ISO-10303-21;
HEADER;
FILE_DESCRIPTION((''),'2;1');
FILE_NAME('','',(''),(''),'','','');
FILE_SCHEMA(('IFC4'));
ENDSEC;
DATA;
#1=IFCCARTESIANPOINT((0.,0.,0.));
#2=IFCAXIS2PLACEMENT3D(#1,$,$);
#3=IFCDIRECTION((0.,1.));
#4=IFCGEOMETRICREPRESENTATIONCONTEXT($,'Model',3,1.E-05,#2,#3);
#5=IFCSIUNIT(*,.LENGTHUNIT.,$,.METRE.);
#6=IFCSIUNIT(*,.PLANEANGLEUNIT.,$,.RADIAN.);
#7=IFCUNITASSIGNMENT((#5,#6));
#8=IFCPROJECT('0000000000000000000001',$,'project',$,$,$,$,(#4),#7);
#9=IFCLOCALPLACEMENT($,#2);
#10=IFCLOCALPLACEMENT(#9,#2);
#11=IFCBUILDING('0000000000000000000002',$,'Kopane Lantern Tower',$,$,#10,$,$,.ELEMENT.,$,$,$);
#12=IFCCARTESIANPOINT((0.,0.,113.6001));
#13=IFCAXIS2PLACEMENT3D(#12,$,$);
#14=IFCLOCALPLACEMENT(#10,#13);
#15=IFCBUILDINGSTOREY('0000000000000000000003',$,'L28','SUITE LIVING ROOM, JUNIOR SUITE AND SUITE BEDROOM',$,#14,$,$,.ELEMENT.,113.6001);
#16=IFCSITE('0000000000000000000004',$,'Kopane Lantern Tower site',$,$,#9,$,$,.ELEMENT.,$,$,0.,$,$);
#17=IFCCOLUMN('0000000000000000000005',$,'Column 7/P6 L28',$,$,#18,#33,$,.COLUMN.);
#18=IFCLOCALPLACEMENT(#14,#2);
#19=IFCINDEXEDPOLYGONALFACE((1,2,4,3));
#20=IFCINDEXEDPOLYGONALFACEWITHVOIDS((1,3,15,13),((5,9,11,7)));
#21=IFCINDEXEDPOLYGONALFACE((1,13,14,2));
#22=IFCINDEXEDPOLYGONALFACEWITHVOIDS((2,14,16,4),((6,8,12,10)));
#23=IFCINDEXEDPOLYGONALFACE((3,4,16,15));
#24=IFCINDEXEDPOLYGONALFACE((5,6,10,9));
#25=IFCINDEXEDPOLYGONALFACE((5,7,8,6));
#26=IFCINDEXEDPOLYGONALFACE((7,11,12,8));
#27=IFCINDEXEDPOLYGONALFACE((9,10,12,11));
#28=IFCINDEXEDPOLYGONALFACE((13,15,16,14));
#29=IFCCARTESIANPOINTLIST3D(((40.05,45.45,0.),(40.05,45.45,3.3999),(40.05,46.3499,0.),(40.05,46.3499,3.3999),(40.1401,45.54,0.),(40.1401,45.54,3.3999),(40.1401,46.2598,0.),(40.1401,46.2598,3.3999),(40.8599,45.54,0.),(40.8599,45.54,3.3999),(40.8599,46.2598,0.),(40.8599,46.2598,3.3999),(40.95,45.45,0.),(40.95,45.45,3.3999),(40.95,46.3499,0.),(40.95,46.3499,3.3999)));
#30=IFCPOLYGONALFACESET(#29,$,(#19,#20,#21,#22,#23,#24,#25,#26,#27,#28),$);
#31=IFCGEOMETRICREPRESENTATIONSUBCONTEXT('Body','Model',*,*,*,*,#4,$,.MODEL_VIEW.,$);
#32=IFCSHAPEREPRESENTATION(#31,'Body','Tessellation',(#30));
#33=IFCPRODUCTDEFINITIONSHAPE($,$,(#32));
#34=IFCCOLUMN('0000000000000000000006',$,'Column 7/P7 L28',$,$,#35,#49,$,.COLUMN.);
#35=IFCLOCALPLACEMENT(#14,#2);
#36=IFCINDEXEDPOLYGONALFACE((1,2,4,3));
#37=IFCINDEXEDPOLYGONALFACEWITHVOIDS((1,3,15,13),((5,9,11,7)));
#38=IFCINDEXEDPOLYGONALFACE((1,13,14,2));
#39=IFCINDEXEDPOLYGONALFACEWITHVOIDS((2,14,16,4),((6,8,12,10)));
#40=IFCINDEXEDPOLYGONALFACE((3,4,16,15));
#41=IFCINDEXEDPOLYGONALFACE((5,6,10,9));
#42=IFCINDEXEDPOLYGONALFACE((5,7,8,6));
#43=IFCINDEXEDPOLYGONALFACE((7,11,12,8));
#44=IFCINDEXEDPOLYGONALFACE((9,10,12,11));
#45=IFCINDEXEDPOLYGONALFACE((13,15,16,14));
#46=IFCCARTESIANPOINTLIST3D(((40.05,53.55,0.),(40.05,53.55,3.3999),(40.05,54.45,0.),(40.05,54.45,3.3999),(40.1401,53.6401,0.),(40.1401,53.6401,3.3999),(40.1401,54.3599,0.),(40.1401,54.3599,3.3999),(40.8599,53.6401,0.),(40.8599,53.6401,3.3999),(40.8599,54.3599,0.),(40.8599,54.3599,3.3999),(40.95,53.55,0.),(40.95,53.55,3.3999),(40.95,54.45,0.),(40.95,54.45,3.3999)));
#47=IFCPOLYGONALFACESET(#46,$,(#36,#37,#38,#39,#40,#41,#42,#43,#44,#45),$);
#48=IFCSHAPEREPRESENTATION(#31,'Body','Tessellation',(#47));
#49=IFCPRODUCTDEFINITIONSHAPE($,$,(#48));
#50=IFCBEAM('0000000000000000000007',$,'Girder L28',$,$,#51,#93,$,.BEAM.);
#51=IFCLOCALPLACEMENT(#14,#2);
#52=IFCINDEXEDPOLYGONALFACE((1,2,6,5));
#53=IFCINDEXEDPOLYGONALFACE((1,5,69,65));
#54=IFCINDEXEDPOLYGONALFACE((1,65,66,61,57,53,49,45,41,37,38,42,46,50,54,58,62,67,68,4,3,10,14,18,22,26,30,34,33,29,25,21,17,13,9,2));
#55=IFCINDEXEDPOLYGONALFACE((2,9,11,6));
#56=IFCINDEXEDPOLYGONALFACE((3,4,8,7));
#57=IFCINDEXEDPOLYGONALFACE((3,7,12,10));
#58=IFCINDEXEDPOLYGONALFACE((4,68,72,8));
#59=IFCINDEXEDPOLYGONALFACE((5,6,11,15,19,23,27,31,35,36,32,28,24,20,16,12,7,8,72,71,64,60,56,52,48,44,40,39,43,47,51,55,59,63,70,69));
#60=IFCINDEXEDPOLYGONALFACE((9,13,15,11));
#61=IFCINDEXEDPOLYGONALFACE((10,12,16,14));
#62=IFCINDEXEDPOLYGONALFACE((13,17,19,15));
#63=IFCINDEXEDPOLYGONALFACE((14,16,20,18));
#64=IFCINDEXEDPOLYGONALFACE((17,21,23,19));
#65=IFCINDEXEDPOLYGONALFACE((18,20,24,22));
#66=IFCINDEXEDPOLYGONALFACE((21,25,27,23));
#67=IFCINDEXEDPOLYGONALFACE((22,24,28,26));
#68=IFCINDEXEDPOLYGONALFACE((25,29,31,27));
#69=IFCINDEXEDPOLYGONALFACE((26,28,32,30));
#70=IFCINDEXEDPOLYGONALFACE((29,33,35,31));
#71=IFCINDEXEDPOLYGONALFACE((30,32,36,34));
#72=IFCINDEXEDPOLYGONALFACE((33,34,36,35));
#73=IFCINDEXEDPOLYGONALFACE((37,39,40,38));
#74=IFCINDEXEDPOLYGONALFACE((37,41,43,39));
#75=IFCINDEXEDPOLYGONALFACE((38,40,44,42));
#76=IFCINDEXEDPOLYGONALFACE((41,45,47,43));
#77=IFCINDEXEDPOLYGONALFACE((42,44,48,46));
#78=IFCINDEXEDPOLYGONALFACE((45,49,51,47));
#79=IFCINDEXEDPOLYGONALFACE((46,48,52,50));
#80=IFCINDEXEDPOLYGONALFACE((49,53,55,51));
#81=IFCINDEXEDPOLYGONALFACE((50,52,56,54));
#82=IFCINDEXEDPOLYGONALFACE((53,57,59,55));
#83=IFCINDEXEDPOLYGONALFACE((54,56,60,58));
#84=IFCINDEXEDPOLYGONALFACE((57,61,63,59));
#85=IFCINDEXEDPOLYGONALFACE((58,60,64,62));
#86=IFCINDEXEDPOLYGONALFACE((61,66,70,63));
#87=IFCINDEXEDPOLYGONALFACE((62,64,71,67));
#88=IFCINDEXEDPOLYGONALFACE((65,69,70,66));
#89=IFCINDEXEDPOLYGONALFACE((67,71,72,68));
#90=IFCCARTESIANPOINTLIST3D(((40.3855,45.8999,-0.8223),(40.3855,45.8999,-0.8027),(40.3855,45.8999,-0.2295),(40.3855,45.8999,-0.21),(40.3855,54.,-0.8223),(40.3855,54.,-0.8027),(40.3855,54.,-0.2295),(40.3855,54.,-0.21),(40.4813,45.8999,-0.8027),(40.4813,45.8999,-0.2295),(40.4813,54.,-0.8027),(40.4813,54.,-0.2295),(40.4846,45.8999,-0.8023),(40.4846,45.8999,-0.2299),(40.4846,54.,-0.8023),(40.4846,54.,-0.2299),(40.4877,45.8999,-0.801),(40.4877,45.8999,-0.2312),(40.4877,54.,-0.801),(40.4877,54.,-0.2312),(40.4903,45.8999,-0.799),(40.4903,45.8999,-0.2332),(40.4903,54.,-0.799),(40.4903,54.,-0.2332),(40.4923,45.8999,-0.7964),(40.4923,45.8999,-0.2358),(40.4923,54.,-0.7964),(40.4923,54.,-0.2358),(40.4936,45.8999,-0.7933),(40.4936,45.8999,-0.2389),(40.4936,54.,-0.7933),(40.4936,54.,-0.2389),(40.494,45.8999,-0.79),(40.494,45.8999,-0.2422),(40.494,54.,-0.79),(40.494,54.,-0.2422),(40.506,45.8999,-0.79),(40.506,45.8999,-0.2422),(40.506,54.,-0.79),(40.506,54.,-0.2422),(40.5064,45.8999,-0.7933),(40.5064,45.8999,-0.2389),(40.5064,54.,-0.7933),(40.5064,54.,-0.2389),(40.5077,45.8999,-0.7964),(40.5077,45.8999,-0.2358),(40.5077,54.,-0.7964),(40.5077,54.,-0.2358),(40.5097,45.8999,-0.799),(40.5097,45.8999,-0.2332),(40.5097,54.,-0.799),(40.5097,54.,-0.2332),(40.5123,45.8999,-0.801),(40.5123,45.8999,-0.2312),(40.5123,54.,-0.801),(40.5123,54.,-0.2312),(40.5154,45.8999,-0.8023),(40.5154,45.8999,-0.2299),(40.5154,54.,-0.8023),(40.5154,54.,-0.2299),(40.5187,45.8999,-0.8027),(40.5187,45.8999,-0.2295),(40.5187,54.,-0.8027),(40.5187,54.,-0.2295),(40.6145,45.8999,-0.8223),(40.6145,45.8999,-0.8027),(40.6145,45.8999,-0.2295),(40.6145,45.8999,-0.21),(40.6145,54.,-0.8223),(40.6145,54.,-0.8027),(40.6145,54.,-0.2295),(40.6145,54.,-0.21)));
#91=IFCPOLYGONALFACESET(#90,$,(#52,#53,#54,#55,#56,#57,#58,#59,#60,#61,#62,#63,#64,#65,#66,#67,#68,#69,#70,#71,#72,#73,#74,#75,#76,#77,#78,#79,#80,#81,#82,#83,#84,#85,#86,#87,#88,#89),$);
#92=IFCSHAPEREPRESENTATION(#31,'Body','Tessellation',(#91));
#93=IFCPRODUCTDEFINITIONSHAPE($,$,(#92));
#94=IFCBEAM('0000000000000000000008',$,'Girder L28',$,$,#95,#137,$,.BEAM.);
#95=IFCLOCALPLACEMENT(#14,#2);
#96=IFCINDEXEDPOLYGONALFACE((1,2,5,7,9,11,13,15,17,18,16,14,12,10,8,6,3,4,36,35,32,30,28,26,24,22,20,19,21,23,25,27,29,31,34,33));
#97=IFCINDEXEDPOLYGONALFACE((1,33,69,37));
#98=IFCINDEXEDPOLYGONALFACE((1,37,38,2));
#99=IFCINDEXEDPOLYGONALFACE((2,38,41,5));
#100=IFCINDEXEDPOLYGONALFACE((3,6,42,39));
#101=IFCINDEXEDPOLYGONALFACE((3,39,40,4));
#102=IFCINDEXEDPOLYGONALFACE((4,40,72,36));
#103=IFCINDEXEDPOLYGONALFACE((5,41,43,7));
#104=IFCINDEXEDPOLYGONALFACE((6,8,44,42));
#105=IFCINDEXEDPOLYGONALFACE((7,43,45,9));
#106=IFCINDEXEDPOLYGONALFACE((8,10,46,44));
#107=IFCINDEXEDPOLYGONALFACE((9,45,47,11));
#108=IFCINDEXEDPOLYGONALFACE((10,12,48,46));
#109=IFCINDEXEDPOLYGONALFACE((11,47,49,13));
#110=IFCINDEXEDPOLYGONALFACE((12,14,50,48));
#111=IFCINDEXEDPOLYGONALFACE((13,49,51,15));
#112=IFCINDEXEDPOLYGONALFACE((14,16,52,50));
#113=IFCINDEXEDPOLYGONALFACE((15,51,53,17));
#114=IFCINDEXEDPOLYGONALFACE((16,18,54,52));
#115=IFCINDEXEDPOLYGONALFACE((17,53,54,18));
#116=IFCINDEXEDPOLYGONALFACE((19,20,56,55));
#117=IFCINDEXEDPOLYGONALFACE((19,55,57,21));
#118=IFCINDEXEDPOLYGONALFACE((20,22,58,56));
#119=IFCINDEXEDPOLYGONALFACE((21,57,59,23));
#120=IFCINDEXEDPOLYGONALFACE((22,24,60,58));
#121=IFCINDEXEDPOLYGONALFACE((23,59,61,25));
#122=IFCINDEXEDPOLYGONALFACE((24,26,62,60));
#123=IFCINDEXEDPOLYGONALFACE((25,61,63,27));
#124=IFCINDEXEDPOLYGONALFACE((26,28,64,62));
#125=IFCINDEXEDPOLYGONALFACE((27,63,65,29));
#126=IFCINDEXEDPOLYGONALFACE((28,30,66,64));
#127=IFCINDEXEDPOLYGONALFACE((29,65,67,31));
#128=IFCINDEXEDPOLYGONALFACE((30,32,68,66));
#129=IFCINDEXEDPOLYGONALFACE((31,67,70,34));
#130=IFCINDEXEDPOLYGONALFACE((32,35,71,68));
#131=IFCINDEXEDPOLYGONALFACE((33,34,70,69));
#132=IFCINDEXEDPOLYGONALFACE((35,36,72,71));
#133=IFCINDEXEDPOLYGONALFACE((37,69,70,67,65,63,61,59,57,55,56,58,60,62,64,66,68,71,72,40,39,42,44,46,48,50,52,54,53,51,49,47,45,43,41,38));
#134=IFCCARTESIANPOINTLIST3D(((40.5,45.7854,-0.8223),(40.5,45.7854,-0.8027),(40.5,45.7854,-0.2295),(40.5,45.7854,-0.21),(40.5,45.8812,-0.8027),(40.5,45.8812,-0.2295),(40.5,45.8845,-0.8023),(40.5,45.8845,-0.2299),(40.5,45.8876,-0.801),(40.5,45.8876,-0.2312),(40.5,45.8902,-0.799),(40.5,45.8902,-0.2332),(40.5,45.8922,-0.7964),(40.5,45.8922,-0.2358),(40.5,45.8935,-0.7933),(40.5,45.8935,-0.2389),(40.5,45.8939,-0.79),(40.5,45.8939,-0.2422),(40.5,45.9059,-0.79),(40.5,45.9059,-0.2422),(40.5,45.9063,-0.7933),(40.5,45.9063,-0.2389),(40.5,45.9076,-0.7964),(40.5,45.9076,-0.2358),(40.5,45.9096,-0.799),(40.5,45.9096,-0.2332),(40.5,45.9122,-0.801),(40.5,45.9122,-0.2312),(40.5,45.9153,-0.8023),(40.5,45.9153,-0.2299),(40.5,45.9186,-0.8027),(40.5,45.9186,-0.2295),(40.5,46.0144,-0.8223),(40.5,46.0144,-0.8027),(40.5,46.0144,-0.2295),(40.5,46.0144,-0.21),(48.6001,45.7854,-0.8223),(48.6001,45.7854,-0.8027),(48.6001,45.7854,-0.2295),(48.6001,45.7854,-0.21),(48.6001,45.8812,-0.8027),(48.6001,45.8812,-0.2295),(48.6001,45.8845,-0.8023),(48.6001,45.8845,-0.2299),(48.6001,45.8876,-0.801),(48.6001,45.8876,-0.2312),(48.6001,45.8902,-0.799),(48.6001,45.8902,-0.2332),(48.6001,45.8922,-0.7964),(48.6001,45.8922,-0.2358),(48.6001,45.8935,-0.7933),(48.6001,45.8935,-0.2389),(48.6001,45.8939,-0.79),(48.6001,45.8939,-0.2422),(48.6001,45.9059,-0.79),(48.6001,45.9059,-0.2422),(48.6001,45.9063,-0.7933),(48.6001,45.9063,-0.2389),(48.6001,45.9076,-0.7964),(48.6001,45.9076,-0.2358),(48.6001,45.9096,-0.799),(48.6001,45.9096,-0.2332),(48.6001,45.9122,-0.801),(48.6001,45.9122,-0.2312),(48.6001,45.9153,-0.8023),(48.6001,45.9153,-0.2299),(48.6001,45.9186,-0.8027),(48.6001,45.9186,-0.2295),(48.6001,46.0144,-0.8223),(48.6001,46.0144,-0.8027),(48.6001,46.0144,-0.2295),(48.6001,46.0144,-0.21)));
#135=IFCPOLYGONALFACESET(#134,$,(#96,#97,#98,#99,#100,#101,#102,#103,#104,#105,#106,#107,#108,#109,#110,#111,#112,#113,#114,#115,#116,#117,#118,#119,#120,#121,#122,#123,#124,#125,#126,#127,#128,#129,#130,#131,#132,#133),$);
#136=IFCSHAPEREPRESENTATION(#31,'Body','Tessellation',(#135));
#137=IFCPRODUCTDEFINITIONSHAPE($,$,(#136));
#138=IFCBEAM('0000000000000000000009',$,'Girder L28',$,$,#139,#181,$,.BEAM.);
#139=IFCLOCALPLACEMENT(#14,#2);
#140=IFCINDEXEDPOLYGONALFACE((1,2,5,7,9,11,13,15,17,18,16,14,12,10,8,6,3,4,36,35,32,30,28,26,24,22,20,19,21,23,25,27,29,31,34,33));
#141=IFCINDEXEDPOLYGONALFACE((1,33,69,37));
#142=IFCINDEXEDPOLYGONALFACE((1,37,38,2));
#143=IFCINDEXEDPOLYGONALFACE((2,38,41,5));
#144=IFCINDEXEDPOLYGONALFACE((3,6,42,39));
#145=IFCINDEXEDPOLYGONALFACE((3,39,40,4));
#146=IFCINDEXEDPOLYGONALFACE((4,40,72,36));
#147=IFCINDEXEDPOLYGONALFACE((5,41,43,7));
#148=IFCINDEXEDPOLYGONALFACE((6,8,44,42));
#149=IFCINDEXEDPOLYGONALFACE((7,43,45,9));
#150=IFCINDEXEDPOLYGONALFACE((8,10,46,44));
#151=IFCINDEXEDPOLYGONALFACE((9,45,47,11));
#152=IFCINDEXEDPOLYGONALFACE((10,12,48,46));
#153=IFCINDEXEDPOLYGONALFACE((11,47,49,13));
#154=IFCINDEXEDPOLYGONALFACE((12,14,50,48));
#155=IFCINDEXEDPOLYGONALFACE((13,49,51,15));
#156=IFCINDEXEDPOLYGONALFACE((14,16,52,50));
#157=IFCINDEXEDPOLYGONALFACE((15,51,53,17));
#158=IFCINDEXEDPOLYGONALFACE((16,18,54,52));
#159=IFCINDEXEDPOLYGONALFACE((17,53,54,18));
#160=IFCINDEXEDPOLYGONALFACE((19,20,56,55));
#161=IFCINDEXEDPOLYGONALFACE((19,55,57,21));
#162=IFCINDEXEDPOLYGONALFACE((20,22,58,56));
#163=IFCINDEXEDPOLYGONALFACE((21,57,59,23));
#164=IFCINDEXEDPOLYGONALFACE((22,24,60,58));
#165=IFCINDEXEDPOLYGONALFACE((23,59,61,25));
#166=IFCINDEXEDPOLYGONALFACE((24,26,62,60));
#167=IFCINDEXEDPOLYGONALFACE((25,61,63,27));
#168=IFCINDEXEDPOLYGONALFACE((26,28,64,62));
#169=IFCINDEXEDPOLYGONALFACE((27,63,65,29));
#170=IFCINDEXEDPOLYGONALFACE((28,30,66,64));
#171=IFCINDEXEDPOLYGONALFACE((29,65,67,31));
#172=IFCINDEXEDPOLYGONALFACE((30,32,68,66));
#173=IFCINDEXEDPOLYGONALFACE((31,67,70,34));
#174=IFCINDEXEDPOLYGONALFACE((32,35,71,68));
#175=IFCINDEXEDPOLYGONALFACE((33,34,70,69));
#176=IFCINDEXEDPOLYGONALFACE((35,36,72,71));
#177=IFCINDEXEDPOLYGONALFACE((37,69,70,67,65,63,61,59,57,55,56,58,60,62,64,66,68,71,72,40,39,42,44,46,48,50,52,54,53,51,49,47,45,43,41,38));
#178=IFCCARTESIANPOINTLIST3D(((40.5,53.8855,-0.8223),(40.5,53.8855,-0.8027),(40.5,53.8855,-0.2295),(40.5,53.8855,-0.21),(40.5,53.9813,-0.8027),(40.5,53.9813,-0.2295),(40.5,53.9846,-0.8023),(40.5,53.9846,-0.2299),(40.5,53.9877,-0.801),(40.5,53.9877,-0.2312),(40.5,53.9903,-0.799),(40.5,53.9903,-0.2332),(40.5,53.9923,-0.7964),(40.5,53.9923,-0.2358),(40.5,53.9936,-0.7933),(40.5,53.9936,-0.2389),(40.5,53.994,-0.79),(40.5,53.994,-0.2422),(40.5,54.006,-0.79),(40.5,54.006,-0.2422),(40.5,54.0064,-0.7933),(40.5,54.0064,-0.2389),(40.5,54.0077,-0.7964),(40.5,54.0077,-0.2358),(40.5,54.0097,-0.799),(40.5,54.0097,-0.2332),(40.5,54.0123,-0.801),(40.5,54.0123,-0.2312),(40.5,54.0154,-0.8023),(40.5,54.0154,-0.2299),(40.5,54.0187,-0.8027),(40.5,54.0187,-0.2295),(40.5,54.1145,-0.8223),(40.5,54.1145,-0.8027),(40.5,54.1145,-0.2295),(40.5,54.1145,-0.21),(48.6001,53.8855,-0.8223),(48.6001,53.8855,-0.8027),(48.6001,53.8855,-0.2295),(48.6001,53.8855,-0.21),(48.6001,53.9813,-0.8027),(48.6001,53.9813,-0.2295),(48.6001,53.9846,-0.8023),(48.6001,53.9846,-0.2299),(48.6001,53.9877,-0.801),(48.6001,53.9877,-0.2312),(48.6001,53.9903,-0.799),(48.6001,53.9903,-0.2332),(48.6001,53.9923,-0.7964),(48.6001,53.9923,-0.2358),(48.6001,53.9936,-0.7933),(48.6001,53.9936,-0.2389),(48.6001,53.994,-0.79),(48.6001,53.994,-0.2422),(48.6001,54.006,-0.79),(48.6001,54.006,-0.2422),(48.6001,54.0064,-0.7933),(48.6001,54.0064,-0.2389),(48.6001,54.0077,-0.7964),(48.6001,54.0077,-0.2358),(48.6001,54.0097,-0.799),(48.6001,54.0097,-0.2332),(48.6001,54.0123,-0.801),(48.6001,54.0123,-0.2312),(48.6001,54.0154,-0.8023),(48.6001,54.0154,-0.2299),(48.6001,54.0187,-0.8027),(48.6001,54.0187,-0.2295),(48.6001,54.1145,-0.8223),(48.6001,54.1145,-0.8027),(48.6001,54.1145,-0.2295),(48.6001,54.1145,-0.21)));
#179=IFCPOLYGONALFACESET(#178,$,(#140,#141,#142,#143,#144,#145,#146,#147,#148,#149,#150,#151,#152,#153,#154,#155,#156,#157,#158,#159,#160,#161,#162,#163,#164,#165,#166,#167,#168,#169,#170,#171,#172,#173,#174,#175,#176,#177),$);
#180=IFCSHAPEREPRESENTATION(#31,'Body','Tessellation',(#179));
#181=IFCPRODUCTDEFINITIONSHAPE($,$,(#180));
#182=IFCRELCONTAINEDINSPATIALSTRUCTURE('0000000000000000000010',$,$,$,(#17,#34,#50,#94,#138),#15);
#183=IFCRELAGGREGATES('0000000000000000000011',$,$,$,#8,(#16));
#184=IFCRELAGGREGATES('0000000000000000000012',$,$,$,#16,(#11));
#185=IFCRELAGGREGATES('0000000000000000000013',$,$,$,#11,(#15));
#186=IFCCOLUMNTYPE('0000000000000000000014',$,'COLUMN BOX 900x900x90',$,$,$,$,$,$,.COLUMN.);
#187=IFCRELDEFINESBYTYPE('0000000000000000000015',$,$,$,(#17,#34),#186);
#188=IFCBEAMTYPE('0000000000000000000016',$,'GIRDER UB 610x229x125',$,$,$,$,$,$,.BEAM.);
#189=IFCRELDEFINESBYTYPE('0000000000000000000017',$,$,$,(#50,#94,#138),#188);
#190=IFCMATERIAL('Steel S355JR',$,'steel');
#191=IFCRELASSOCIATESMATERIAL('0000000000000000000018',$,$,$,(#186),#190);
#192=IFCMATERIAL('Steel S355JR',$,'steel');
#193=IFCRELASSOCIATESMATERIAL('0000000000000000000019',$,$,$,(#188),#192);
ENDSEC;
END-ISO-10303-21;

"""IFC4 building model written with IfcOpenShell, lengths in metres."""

from ifc_helpers import new_model, si_unit, direction, frame, origin, origin_2d, place, context, subcontext, project, spatial, hollow_rectangle, i_section, extrude, material, material_profile, profile_set, type_object, element, save


model = new_model("IFC4")

# Units and contexts
model_context = context("Model", 3, precision=1e-05, world=origin(), true_north=direction((0.0, 1.0)))
body_context = subcontext(model_context, "Body", "Model", "MODEL_VIEW")
ifc_project = project(units=[si_unit("LENGTHUNIT", "METRE"), si_unit("PLANEANGLEUNIT", "RADIAN")], contexts=[model_context])

# Site, building, storey
site_placement = place(None, origin())
site = spatial("IfcSite", under=ifc_project, at=site_placement, Name="Kopane Lantern Tower site", CompositionType="ELEMENT", RefElevation=0.0)
building_placement = place(site_placement, origin())
building = spatial("IfcBuilding", under=site, at=building_placement, Name="Kopane Lantern Tower", CompositionType="ELEMENT")
storey_placement = place(building_placement, frame((0.0, 0.0, 113.6001)))
storey = spatial("IfcBuildingStorey", under=building, at=storey_placement, Name="L28", Description="SUITE LIVING ROOM, JUNIOR SUITE AND SUITE BEDROOM", CompositionType="ELEMENT", Elevation=113.6001)

# Columns
ifc_material_1 = material(Name="Steel S355JR", Category="steel")
ifc_material_profile_1 = material_profile(ifc_material_1, hollow_rectangle(XDim=0.8999, YDim=0.8999, WallThickness=0.0901, at=origin_2d()), Name="BOX 900x900x90")
ifc_profile_set_1 = profile_set([ifc_material_profile_1], Name="Steel S355JR")
column_type = type_object("IfcColumnType", Name="COLUMN BOX 900x900x90", PredefinedType="COLUMN", material=ifc_profile_set_1)
for number, where, z_axis, x_axis, name in (
    (1, (40.5, 45.8999, 0.0), (0.0, 0.0, 1.0), (1.0, 0.0, 0.0), "Column 7/P6 L28"),
    (2, (40.5, 54.0, 0.0), (0.0, 0.0, 1.0), (1.0, 0.0, 0.0), "Column 7/P7 L28"),
):
    element("IfcColumn", number, at=place(storey_placement, frame(where, z_axis=z_axis, x_axis=x_axis)), inside=storey, type_object=column_type, Name=name, PredefinedType="COLUMN", context=body_context, shape_type="SweptSolid", body=[
        extrude(hollow_rectangle(XDim=0.8999, YDim=0.8999, WallThickness=0.0901, at=origin_2d()), origin(), (0.0, 0.0, 1.0), 3.3999),
    ])

# Beams
ifc_material_2 = material(Name="Steel S355JR", Category="steel")
ifc_material_profile_2 = material_profile(ifc_material_2, i_section(OverallWidth=0.229, OverallDepth=0.6123, WebThickness=0.012, FlangeThickness=0.0195, FilletRadius=0.0127, at=origin_2d()), Name="UB 610x229x125")
ifc_profile_set_2 = profile_set([ifc_material_profile_2], Name="Steel S355JR")
beam_type = type_object("IfcBeamType", Name="GIRDER UB 610x229x125", PredefinedType="BEAM", material=ifc_profile_set_2)
for number, where, z_axis, x_axis, name in (
    (3, (40.5, 45.8999, -0.5161), (0.0, 1.0, 0.0), (-1.0, 0.0, 0.0), "Girder L28"),
    (4, (40.5, 45.8999, -0.5161), (1.0, 0.0, 0.0), (0.0, 1.0, 0.0), "Girder L28"),
    (5, (40.5, 54.0, -0.5161), (1.0, 0.0, 0.0), (0.0, 1.0, 0.0), "Girder L28"),
):
    element("IfcBeam", number, at=place(storey_placement, frame(where, z_axis=z_axis, x_axis=x_axis)), inside=storey, type_object=beam_type, Name=name, PredefinedType="BEAM", context=body_context, shape_type="SweptSolid", body=[
        extrude(i_section(OverallWidth=0.229, OverallDepth=0.6123, WebThickness=0.012, FlangeThickness=0.0195, FilletRadius=0.0127, at=origin_2d()), origin(), (0.0, 0.0, 1.0), 8.1001),
    ])

save(model, "model.ifc")
